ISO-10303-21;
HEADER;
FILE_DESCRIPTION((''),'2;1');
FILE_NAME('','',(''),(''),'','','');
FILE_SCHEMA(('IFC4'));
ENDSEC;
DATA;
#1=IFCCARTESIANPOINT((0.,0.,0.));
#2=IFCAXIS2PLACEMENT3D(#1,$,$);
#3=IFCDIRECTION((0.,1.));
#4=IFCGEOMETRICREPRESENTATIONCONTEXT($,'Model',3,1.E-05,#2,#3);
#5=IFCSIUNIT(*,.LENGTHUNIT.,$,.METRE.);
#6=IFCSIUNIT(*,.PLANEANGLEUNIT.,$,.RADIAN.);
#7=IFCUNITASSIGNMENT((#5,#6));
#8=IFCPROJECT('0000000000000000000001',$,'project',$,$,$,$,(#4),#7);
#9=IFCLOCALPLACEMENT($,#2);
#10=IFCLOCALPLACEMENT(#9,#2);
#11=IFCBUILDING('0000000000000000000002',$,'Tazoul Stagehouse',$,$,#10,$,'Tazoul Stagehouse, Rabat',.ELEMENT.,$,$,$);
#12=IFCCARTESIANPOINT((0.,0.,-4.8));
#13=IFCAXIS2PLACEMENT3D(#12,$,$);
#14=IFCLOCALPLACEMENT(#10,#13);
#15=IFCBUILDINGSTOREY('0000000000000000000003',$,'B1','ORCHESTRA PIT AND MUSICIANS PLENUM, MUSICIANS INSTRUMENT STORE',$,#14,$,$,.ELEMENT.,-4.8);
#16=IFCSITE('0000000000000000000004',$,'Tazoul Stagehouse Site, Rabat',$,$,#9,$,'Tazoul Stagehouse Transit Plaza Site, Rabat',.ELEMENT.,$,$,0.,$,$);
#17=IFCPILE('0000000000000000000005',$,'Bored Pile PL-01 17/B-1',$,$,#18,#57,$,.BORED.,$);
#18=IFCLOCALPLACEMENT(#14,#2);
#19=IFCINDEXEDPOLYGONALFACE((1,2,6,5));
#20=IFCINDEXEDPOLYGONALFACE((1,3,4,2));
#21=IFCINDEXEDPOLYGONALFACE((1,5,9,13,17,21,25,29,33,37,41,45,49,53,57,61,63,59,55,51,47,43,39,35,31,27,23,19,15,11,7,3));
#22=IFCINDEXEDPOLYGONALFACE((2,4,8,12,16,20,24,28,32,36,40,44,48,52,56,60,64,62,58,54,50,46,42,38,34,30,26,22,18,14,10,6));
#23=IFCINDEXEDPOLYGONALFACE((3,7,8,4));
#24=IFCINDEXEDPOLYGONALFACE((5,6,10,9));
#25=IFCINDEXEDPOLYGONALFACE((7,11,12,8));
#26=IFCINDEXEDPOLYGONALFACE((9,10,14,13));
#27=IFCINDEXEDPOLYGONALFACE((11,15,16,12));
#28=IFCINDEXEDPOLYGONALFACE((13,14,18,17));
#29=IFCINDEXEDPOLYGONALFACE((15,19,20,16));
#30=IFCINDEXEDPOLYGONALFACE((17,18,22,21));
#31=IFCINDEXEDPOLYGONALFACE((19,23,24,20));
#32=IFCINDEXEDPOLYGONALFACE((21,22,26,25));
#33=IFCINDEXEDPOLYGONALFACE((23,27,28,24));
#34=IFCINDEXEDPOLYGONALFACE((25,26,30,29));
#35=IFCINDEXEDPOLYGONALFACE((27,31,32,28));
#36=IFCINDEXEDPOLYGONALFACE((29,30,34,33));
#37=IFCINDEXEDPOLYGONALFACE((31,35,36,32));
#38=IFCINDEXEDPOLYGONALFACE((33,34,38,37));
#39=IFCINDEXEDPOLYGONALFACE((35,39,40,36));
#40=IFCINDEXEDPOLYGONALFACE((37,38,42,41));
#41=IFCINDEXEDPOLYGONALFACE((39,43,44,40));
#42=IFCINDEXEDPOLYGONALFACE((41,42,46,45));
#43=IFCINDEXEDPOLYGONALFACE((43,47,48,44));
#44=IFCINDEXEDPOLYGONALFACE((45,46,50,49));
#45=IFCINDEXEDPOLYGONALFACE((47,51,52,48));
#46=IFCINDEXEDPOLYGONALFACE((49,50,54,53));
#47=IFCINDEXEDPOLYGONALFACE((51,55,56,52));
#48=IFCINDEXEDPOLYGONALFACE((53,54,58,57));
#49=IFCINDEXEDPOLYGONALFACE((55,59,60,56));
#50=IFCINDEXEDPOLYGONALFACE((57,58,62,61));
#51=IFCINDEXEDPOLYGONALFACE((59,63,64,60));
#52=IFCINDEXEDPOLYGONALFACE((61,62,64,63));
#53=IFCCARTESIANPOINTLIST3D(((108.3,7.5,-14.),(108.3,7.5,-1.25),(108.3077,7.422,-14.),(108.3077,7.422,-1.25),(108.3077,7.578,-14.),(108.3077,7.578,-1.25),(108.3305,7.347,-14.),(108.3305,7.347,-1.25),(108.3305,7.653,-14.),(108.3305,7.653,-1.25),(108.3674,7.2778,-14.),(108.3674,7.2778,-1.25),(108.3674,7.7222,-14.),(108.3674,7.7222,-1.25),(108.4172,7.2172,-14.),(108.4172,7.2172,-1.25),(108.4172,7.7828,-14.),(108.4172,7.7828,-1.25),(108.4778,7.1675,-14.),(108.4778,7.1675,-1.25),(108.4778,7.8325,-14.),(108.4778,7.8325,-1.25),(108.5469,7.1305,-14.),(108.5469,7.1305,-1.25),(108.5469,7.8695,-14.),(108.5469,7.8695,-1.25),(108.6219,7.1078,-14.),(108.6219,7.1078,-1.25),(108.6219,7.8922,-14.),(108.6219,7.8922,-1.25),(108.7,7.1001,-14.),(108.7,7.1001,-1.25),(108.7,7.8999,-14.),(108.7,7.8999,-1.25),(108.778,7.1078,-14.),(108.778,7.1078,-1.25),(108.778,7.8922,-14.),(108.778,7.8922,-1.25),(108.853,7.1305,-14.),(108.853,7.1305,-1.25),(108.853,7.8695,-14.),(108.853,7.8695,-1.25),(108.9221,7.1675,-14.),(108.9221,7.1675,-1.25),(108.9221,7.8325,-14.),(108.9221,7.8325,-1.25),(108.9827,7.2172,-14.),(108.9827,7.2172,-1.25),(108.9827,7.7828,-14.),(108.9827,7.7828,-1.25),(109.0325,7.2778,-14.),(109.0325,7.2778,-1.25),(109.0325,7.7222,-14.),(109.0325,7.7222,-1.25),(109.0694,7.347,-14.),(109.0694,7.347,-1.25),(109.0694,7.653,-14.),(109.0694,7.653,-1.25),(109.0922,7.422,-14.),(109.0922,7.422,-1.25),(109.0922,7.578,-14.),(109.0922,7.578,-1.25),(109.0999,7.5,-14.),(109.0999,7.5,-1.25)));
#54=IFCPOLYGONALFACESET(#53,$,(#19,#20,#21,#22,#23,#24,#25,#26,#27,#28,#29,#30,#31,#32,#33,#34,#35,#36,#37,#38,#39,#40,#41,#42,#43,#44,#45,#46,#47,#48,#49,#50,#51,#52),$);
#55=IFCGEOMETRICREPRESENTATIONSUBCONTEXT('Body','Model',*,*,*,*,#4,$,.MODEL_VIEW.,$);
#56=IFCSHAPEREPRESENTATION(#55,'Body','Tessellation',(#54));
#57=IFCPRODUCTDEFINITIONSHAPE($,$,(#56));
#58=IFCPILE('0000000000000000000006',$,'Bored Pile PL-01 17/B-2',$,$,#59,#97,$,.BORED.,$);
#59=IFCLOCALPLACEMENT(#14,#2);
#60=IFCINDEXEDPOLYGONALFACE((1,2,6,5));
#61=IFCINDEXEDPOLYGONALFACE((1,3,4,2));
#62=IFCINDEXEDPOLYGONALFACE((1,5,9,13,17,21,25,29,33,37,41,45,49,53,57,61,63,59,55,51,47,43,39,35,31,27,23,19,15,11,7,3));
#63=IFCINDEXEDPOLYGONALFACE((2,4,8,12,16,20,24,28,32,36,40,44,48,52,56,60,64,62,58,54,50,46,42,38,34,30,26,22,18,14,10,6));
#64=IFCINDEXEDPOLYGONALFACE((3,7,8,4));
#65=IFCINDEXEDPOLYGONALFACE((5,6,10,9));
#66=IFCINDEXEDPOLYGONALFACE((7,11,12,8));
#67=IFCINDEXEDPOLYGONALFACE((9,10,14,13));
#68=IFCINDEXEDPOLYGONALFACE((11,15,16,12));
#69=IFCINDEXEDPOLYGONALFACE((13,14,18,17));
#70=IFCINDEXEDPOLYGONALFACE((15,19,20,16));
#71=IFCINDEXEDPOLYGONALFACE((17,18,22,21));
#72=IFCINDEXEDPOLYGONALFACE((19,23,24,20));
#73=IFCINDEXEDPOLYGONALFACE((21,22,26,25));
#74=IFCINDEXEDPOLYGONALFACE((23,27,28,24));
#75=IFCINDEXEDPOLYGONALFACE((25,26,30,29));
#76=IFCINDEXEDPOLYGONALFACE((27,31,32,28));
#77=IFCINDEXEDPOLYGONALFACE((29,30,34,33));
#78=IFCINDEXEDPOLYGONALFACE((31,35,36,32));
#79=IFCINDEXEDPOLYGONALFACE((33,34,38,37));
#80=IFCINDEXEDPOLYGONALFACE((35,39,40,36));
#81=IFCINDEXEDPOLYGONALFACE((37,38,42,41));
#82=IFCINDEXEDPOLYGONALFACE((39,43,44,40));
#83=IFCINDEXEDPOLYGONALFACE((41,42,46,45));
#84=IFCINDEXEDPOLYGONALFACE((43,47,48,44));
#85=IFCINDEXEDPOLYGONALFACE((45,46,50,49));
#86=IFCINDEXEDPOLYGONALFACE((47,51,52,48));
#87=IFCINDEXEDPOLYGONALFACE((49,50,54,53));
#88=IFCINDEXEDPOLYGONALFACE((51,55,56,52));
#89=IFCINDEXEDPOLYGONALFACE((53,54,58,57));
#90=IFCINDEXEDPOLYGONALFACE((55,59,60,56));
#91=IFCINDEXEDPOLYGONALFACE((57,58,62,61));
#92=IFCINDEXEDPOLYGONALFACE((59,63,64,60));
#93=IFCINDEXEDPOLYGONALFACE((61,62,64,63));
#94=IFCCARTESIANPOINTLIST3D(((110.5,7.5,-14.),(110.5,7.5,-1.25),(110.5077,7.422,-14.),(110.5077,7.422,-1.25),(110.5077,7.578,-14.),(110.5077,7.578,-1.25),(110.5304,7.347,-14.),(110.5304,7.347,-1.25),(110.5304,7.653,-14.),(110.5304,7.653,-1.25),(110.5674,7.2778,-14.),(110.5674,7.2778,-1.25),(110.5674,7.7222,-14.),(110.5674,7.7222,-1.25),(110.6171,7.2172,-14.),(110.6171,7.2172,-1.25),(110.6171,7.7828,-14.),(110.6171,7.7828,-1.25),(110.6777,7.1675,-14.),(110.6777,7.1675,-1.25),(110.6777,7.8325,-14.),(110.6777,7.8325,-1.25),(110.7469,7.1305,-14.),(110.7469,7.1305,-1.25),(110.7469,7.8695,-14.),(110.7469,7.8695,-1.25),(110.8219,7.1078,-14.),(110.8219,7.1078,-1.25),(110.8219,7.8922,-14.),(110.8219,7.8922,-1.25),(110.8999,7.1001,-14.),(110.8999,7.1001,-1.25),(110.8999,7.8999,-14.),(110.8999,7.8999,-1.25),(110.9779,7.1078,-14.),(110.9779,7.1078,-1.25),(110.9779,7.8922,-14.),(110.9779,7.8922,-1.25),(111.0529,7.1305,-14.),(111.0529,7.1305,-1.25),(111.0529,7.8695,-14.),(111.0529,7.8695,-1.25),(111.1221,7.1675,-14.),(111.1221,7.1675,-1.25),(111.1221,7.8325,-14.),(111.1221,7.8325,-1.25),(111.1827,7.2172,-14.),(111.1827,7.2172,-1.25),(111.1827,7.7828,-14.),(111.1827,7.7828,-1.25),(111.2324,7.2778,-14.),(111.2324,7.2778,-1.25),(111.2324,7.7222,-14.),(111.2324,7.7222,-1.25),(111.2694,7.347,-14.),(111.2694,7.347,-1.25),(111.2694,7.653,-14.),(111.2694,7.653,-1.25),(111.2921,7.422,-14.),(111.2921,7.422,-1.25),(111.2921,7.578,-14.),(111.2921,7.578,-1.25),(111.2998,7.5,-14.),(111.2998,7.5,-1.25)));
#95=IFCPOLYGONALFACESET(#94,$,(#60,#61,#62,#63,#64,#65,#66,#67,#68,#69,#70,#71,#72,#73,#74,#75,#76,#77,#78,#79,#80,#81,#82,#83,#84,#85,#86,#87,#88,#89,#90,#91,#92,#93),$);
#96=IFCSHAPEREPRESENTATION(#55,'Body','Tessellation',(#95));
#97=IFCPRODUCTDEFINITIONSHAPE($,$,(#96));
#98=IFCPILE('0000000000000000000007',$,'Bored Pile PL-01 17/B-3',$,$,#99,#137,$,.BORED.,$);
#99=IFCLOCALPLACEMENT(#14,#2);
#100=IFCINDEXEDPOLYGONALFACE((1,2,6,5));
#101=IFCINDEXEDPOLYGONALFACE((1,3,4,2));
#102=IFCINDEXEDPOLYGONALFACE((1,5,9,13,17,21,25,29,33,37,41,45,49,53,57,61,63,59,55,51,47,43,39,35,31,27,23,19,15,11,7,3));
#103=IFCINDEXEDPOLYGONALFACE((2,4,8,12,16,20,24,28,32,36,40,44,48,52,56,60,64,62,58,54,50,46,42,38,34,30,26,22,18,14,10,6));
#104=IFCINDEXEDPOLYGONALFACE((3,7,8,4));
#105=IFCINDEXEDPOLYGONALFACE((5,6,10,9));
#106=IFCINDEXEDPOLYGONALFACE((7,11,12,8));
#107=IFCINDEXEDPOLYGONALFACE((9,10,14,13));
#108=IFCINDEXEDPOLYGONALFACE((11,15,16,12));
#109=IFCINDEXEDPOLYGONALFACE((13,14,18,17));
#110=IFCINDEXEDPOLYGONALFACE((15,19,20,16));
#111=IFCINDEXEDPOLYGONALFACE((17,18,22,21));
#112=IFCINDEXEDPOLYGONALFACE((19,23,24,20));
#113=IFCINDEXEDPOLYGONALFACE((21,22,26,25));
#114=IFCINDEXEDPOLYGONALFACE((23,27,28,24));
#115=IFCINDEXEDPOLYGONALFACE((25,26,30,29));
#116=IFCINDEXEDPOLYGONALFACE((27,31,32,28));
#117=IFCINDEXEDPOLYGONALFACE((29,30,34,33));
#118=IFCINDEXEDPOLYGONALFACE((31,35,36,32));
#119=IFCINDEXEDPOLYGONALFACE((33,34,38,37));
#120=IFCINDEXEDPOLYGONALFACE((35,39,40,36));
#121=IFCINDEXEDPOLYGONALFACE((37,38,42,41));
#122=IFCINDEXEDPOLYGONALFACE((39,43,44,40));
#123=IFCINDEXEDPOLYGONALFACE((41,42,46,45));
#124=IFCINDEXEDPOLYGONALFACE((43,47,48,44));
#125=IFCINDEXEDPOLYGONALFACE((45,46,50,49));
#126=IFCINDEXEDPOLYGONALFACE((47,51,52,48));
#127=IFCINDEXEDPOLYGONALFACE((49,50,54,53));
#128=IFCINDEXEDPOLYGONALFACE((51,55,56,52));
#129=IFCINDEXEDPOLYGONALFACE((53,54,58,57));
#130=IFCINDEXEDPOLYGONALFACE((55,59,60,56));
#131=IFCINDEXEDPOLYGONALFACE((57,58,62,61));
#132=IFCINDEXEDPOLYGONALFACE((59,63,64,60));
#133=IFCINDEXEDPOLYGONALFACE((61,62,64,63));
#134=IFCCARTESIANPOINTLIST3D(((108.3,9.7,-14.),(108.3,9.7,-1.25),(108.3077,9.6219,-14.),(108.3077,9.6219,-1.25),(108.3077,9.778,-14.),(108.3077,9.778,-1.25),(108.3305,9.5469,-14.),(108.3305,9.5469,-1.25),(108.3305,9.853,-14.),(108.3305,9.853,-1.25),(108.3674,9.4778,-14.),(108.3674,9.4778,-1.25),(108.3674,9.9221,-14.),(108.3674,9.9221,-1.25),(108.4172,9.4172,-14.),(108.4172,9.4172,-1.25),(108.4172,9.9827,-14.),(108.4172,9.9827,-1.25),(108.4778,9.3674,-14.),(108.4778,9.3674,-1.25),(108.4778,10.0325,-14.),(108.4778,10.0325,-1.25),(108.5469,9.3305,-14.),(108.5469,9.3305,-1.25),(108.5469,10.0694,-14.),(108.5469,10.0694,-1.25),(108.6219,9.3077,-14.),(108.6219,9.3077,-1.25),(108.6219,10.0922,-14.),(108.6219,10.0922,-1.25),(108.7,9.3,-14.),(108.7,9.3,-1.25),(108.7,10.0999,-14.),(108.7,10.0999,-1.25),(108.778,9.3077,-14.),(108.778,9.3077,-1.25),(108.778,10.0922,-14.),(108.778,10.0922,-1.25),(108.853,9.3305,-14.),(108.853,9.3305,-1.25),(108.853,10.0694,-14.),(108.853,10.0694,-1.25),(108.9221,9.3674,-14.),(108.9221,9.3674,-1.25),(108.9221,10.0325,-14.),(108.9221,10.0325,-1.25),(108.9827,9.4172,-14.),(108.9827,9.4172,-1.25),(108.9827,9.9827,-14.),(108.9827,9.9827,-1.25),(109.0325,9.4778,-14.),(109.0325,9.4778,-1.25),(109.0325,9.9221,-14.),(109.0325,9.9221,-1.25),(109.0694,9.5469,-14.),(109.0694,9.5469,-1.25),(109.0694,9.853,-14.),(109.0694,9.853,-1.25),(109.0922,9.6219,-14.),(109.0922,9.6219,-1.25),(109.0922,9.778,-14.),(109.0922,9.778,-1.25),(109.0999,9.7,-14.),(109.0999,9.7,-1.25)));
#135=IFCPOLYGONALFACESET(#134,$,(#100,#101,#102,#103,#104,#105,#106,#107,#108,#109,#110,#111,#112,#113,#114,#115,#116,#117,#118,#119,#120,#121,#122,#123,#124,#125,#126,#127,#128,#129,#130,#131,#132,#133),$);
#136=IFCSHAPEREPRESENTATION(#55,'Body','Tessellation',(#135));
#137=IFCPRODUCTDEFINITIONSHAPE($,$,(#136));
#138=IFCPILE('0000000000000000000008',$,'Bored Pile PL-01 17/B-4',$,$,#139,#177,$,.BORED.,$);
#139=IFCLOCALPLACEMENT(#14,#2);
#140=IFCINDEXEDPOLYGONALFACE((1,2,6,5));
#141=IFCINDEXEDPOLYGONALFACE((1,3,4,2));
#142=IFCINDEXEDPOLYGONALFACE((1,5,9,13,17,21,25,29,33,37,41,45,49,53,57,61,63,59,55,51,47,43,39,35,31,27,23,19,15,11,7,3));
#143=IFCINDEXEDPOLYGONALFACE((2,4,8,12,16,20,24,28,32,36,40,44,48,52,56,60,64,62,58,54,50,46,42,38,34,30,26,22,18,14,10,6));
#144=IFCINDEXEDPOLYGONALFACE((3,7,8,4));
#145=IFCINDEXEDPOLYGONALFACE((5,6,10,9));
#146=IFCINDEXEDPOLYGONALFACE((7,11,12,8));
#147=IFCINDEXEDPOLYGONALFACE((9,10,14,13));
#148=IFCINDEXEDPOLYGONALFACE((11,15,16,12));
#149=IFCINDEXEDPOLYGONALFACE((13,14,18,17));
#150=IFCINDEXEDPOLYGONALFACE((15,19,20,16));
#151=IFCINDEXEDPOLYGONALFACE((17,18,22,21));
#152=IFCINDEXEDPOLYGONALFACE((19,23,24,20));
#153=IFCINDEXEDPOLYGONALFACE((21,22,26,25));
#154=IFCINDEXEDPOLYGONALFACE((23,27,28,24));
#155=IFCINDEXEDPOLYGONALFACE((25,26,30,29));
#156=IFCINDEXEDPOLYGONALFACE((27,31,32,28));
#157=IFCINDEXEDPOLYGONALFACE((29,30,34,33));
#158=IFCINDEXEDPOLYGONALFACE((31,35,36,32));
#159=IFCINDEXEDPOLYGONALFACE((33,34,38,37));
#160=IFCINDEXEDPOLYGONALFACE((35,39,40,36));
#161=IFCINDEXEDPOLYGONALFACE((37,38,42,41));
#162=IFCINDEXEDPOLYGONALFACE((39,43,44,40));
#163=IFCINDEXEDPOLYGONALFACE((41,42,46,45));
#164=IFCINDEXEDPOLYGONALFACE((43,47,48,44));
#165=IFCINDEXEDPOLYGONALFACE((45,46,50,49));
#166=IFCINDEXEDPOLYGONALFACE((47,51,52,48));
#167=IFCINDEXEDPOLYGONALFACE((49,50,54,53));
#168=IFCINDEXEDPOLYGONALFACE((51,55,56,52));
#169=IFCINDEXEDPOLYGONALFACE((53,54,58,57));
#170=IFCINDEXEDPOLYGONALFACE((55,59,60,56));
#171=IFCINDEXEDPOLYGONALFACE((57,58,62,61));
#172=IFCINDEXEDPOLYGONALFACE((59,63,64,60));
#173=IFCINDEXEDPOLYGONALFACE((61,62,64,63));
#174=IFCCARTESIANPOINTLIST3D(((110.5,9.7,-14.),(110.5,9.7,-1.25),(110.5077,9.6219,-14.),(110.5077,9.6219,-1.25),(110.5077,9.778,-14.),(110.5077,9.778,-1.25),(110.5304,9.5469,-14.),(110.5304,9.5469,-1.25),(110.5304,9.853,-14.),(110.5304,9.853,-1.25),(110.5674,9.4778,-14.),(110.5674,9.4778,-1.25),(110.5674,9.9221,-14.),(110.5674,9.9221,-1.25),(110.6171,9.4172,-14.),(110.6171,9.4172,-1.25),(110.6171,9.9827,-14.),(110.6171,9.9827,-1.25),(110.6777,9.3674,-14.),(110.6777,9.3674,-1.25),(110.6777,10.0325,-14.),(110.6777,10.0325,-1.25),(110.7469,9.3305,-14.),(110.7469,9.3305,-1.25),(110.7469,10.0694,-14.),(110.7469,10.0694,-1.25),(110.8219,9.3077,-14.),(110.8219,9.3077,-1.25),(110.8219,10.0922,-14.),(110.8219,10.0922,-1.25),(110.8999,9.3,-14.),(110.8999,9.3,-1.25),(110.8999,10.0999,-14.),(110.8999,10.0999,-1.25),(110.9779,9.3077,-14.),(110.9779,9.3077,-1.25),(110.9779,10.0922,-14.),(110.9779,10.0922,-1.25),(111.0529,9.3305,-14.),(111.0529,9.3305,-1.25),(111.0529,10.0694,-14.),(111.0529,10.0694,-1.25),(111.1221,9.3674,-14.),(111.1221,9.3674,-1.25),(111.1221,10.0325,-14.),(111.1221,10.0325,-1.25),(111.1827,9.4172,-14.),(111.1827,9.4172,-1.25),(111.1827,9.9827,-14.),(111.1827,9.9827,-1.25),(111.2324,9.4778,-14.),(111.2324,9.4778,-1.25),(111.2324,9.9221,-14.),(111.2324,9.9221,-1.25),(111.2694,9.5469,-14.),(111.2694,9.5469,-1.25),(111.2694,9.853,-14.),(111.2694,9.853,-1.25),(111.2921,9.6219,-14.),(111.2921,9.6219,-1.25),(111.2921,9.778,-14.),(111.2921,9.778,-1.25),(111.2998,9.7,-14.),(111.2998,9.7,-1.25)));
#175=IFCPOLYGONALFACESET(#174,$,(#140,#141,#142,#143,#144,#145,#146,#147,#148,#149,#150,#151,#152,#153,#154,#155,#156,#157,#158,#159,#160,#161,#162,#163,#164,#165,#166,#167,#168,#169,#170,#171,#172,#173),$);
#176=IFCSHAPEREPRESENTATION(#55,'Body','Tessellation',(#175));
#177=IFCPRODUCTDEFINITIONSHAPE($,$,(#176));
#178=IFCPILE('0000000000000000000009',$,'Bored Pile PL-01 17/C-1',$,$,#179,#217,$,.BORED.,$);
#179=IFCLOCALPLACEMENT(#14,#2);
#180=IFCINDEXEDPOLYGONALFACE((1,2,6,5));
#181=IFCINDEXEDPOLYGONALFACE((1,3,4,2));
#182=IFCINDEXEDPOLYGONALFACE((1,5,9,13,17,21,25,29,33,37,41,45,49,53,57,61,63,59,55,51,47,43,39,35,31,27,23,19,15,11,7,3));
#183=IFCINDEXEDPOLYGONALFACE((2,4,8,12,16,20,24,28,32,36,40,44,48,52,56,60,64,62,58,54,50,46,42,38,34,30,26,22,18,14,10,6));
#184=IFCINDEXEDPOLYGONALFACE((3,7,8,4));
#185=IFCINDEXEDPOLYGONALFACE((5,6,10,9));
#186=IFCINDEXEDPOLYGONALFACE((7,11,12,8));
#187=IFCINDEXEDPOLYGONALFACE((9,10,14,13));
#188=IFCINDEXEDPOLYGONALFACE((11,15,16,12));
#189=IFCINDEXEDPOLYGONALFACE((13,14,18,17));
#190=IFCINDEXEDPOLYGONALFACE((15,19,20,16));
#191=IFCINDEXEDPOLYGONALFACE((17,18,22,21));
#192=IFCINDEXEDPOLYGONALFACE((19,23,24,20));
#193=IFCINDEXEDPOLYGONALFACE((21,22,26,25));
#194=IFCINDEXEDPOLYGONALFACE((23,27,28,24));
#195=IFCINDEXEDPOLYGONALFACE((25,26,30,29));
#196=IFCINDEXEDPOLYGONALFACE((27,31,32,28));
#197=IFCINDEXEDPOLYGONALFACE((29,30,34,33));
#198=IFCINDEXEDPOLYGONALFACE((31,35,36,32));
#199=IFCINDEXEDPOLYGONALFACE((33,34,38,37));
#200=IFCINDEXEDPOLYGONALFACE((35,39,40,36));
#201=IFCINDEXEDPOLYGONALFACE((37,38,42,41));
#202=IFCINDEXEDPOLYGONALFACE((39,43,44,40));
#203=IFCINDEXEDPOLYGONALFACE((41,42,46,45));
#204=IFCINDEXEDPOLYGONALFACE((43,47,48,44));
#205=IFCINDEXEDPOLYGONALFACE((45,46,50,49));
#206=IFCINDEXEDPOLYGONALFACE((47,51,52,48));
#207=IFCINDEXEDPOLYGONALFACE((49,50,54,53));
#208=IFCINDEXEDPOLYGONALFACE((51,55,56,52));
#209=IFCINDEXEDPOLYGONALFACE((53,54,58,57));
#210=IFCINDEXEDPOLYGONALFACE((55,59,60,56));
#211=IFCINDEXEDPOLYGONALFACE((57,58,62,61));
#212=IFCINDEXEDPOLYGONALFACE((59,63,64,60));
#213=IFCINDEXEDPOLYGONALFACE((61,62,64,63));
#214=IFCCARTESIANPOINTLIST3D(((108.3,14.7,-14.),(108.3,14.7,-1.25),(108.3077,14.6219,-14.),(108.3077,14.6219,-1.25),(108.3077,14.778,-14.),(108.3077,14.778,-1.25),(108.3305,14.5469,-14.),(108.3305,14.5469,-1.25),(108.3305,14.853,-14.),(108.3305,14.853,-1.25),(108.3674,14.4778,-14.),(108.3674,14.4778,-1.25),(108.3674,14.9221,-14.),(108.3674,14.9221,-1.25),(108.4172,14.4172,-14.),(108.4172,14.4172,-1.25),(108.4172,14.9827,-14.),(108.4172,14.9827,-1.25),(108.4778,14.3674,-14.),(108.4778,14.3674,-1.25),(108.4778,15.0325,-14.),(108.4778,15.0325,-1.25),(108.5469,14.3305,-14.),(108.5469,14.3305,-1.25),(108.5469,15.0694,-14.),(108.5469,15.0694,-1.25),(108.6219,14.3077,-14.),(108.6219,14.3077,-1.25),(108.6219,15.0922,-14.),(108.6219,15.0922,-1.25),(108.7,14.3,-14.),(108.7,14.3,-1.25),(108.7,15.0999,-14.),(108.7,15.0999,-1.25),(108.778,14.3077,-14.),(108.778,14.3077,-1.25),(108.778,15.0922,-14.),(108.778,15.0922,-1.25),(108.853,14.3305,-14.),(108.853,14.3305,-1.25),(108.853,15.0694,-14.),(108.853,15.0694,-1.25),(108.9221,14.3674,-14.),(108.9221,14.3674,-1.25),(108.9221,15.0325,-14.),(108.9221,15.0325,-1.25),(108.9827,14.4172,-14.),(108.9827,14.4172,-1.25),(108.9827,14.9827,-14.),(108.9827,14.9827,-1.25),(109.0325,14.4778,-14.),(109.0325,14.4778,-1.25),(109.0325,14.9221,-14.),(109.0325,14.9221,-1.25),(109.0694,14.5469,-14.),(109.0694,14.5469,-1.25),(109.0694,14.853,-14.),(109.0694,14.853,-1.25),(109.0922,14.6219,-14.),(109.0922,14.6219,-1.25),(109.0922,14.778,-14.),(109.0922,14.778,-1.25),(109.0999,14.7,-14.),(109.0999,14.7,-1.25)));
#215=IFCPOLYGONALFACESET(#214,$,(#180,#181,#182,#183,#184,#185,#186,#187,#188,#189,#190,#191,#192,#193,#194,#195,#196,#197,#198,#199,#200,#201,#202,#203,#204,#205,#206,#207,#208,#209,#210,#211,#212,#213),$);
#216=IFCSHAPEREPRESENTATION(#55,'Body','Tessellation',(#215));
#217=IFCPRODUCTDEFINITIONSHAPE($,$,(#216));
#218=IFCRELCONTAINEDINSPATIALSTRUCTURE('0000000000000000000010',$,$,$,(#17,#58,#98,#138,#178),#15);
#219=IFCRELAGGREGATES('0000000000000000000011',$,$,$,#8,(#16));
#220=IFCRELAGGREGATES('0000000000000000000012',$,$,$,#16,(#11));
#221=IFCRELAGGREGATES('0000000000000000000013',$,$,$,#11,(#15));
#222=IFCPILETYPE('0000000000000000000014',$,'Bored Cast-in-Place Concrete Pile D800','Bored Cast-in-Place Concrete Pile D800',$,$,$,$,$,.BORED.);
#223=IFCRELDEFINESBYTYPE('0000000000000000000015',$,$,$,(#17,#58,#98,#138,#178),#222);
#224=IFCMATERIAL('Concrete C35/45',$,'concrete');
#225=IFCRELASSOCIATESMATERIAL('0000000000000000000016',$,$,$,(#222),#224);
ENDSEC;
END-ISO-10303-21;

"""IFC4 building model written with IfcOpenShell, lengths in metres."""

from ifc_helpers import new_model, si_unit, direction, frame, origin, origin_2d, place, context, subcontext, project, spatial, circle, extrude, material, material_profile, profile_set, type_object, element, save


model = new_model("IFC4")

# Units and contexts
model_context = context("Model", 3, precision=1e-05, world=origin(), true_north=direction((0.0, 1.0)))
body_context = subcontext(model_context, "Body", "Model", "MODEL_VIEW")
ifc_project = project(units=[si_unit("LENGTHUNIT", "METRE"), si_unit("PLANEANGLEUNIT", "RADIAN")], contexts=[model_context])

# Site, building, storey
site_placement = place(None, origin())
site = spatial("IfcSite", under=ifc_project, at=site_placement, Name="Tazoul Stagehouse Site, Rabat", LongName="Tazoul Stagehouse Transit Plaza Site, Rabat", CompositionType="ELEMENT", RefElevation=0.0)
building_placement = place(site_placement, origin())
building = spatial("IfcBuilding", under=site, at=building_placement, Name="Tazoul Stagehouse", LongName="Tazoul Stagehouse, Rabat", CompositionType="ELEMENT")
storey_placement = place(building_placement, frame((0.0, 0.0, -4.8)))
storey = spatial("IfcBuildingStorey", under=building, at=storey_placement, Name="B1", Description="ORCHESTRA PIT AND MUSICIANS PLENUM, MUSICIANS INSTRUMENT STORE", CompositionType="ELEMENT", Elevation=-4.8)

# Piles
ifc_material_1 = material(Name="Concrete C35/45", Category="concrete")
ifc_material_profile_1 = material_profile(ifc_material_1, circle(Radius=0.3999, at=origin_2d()), Name="BORED PILE 800")
ifc_profile_set_1 = profile_set([ifc_material_profile_1], Name="Concrete C35/45")
pile_type = type_object("IfcPileType", Name="Bored Cast-in-Place Concrete Pile D800", Description="Bored Cast-in-Place Concrete Pile D800", PredefinedType="BORED", material=ifc_profile_set_1)
for number, where, z_axis, x_axis, name in (
    (1, (108.7, 7.5, -1.25), (0.0, 0.0, -1.0), (1.0, 0.0, 0.0), "Bored Pile PL-01 17/B-1"),
    (2, (110.8999, 7.5, -1.25), (0.0, 0.0, -1.0), (1.0, 0.0, 0.0), "Bored Pile PL-01 17/B-2"),
    (3, (108.7, 9.7, -1.25), (0.0, 0.0, -1.0), (1.0, 0.0, 0.0), "Bored Pile PL-01 17/B-3"),
    (4, (110.8999, 9.7, -1.25), (0.0, 0.0, -1.0), (1.0, 0.0, 0.0), "Bored Pile PL-01 17/B-4"),
    (5, (108.7, 14.7, -1.25), (0.0, 0.0, -1.0), (1.0, 0.0, 0.0), "Bored Pile PL-01 17/C-1"),
):
    element("IfcPile", number, at=place(storey_placement, frame(where, z_axis=z_axis, x_axis=x_axis)), inside=storey, type_object=pile_type, Name=name, PredefinedType="BORED", context=body_context, shape_type="SweptSolid", body=[
        extrude(circle(Radius=0.3999, at=origin_2d()), origin(), (0.0, 0.0, 1.0), 12.75),
    ])

save(model, "model.ifc")
